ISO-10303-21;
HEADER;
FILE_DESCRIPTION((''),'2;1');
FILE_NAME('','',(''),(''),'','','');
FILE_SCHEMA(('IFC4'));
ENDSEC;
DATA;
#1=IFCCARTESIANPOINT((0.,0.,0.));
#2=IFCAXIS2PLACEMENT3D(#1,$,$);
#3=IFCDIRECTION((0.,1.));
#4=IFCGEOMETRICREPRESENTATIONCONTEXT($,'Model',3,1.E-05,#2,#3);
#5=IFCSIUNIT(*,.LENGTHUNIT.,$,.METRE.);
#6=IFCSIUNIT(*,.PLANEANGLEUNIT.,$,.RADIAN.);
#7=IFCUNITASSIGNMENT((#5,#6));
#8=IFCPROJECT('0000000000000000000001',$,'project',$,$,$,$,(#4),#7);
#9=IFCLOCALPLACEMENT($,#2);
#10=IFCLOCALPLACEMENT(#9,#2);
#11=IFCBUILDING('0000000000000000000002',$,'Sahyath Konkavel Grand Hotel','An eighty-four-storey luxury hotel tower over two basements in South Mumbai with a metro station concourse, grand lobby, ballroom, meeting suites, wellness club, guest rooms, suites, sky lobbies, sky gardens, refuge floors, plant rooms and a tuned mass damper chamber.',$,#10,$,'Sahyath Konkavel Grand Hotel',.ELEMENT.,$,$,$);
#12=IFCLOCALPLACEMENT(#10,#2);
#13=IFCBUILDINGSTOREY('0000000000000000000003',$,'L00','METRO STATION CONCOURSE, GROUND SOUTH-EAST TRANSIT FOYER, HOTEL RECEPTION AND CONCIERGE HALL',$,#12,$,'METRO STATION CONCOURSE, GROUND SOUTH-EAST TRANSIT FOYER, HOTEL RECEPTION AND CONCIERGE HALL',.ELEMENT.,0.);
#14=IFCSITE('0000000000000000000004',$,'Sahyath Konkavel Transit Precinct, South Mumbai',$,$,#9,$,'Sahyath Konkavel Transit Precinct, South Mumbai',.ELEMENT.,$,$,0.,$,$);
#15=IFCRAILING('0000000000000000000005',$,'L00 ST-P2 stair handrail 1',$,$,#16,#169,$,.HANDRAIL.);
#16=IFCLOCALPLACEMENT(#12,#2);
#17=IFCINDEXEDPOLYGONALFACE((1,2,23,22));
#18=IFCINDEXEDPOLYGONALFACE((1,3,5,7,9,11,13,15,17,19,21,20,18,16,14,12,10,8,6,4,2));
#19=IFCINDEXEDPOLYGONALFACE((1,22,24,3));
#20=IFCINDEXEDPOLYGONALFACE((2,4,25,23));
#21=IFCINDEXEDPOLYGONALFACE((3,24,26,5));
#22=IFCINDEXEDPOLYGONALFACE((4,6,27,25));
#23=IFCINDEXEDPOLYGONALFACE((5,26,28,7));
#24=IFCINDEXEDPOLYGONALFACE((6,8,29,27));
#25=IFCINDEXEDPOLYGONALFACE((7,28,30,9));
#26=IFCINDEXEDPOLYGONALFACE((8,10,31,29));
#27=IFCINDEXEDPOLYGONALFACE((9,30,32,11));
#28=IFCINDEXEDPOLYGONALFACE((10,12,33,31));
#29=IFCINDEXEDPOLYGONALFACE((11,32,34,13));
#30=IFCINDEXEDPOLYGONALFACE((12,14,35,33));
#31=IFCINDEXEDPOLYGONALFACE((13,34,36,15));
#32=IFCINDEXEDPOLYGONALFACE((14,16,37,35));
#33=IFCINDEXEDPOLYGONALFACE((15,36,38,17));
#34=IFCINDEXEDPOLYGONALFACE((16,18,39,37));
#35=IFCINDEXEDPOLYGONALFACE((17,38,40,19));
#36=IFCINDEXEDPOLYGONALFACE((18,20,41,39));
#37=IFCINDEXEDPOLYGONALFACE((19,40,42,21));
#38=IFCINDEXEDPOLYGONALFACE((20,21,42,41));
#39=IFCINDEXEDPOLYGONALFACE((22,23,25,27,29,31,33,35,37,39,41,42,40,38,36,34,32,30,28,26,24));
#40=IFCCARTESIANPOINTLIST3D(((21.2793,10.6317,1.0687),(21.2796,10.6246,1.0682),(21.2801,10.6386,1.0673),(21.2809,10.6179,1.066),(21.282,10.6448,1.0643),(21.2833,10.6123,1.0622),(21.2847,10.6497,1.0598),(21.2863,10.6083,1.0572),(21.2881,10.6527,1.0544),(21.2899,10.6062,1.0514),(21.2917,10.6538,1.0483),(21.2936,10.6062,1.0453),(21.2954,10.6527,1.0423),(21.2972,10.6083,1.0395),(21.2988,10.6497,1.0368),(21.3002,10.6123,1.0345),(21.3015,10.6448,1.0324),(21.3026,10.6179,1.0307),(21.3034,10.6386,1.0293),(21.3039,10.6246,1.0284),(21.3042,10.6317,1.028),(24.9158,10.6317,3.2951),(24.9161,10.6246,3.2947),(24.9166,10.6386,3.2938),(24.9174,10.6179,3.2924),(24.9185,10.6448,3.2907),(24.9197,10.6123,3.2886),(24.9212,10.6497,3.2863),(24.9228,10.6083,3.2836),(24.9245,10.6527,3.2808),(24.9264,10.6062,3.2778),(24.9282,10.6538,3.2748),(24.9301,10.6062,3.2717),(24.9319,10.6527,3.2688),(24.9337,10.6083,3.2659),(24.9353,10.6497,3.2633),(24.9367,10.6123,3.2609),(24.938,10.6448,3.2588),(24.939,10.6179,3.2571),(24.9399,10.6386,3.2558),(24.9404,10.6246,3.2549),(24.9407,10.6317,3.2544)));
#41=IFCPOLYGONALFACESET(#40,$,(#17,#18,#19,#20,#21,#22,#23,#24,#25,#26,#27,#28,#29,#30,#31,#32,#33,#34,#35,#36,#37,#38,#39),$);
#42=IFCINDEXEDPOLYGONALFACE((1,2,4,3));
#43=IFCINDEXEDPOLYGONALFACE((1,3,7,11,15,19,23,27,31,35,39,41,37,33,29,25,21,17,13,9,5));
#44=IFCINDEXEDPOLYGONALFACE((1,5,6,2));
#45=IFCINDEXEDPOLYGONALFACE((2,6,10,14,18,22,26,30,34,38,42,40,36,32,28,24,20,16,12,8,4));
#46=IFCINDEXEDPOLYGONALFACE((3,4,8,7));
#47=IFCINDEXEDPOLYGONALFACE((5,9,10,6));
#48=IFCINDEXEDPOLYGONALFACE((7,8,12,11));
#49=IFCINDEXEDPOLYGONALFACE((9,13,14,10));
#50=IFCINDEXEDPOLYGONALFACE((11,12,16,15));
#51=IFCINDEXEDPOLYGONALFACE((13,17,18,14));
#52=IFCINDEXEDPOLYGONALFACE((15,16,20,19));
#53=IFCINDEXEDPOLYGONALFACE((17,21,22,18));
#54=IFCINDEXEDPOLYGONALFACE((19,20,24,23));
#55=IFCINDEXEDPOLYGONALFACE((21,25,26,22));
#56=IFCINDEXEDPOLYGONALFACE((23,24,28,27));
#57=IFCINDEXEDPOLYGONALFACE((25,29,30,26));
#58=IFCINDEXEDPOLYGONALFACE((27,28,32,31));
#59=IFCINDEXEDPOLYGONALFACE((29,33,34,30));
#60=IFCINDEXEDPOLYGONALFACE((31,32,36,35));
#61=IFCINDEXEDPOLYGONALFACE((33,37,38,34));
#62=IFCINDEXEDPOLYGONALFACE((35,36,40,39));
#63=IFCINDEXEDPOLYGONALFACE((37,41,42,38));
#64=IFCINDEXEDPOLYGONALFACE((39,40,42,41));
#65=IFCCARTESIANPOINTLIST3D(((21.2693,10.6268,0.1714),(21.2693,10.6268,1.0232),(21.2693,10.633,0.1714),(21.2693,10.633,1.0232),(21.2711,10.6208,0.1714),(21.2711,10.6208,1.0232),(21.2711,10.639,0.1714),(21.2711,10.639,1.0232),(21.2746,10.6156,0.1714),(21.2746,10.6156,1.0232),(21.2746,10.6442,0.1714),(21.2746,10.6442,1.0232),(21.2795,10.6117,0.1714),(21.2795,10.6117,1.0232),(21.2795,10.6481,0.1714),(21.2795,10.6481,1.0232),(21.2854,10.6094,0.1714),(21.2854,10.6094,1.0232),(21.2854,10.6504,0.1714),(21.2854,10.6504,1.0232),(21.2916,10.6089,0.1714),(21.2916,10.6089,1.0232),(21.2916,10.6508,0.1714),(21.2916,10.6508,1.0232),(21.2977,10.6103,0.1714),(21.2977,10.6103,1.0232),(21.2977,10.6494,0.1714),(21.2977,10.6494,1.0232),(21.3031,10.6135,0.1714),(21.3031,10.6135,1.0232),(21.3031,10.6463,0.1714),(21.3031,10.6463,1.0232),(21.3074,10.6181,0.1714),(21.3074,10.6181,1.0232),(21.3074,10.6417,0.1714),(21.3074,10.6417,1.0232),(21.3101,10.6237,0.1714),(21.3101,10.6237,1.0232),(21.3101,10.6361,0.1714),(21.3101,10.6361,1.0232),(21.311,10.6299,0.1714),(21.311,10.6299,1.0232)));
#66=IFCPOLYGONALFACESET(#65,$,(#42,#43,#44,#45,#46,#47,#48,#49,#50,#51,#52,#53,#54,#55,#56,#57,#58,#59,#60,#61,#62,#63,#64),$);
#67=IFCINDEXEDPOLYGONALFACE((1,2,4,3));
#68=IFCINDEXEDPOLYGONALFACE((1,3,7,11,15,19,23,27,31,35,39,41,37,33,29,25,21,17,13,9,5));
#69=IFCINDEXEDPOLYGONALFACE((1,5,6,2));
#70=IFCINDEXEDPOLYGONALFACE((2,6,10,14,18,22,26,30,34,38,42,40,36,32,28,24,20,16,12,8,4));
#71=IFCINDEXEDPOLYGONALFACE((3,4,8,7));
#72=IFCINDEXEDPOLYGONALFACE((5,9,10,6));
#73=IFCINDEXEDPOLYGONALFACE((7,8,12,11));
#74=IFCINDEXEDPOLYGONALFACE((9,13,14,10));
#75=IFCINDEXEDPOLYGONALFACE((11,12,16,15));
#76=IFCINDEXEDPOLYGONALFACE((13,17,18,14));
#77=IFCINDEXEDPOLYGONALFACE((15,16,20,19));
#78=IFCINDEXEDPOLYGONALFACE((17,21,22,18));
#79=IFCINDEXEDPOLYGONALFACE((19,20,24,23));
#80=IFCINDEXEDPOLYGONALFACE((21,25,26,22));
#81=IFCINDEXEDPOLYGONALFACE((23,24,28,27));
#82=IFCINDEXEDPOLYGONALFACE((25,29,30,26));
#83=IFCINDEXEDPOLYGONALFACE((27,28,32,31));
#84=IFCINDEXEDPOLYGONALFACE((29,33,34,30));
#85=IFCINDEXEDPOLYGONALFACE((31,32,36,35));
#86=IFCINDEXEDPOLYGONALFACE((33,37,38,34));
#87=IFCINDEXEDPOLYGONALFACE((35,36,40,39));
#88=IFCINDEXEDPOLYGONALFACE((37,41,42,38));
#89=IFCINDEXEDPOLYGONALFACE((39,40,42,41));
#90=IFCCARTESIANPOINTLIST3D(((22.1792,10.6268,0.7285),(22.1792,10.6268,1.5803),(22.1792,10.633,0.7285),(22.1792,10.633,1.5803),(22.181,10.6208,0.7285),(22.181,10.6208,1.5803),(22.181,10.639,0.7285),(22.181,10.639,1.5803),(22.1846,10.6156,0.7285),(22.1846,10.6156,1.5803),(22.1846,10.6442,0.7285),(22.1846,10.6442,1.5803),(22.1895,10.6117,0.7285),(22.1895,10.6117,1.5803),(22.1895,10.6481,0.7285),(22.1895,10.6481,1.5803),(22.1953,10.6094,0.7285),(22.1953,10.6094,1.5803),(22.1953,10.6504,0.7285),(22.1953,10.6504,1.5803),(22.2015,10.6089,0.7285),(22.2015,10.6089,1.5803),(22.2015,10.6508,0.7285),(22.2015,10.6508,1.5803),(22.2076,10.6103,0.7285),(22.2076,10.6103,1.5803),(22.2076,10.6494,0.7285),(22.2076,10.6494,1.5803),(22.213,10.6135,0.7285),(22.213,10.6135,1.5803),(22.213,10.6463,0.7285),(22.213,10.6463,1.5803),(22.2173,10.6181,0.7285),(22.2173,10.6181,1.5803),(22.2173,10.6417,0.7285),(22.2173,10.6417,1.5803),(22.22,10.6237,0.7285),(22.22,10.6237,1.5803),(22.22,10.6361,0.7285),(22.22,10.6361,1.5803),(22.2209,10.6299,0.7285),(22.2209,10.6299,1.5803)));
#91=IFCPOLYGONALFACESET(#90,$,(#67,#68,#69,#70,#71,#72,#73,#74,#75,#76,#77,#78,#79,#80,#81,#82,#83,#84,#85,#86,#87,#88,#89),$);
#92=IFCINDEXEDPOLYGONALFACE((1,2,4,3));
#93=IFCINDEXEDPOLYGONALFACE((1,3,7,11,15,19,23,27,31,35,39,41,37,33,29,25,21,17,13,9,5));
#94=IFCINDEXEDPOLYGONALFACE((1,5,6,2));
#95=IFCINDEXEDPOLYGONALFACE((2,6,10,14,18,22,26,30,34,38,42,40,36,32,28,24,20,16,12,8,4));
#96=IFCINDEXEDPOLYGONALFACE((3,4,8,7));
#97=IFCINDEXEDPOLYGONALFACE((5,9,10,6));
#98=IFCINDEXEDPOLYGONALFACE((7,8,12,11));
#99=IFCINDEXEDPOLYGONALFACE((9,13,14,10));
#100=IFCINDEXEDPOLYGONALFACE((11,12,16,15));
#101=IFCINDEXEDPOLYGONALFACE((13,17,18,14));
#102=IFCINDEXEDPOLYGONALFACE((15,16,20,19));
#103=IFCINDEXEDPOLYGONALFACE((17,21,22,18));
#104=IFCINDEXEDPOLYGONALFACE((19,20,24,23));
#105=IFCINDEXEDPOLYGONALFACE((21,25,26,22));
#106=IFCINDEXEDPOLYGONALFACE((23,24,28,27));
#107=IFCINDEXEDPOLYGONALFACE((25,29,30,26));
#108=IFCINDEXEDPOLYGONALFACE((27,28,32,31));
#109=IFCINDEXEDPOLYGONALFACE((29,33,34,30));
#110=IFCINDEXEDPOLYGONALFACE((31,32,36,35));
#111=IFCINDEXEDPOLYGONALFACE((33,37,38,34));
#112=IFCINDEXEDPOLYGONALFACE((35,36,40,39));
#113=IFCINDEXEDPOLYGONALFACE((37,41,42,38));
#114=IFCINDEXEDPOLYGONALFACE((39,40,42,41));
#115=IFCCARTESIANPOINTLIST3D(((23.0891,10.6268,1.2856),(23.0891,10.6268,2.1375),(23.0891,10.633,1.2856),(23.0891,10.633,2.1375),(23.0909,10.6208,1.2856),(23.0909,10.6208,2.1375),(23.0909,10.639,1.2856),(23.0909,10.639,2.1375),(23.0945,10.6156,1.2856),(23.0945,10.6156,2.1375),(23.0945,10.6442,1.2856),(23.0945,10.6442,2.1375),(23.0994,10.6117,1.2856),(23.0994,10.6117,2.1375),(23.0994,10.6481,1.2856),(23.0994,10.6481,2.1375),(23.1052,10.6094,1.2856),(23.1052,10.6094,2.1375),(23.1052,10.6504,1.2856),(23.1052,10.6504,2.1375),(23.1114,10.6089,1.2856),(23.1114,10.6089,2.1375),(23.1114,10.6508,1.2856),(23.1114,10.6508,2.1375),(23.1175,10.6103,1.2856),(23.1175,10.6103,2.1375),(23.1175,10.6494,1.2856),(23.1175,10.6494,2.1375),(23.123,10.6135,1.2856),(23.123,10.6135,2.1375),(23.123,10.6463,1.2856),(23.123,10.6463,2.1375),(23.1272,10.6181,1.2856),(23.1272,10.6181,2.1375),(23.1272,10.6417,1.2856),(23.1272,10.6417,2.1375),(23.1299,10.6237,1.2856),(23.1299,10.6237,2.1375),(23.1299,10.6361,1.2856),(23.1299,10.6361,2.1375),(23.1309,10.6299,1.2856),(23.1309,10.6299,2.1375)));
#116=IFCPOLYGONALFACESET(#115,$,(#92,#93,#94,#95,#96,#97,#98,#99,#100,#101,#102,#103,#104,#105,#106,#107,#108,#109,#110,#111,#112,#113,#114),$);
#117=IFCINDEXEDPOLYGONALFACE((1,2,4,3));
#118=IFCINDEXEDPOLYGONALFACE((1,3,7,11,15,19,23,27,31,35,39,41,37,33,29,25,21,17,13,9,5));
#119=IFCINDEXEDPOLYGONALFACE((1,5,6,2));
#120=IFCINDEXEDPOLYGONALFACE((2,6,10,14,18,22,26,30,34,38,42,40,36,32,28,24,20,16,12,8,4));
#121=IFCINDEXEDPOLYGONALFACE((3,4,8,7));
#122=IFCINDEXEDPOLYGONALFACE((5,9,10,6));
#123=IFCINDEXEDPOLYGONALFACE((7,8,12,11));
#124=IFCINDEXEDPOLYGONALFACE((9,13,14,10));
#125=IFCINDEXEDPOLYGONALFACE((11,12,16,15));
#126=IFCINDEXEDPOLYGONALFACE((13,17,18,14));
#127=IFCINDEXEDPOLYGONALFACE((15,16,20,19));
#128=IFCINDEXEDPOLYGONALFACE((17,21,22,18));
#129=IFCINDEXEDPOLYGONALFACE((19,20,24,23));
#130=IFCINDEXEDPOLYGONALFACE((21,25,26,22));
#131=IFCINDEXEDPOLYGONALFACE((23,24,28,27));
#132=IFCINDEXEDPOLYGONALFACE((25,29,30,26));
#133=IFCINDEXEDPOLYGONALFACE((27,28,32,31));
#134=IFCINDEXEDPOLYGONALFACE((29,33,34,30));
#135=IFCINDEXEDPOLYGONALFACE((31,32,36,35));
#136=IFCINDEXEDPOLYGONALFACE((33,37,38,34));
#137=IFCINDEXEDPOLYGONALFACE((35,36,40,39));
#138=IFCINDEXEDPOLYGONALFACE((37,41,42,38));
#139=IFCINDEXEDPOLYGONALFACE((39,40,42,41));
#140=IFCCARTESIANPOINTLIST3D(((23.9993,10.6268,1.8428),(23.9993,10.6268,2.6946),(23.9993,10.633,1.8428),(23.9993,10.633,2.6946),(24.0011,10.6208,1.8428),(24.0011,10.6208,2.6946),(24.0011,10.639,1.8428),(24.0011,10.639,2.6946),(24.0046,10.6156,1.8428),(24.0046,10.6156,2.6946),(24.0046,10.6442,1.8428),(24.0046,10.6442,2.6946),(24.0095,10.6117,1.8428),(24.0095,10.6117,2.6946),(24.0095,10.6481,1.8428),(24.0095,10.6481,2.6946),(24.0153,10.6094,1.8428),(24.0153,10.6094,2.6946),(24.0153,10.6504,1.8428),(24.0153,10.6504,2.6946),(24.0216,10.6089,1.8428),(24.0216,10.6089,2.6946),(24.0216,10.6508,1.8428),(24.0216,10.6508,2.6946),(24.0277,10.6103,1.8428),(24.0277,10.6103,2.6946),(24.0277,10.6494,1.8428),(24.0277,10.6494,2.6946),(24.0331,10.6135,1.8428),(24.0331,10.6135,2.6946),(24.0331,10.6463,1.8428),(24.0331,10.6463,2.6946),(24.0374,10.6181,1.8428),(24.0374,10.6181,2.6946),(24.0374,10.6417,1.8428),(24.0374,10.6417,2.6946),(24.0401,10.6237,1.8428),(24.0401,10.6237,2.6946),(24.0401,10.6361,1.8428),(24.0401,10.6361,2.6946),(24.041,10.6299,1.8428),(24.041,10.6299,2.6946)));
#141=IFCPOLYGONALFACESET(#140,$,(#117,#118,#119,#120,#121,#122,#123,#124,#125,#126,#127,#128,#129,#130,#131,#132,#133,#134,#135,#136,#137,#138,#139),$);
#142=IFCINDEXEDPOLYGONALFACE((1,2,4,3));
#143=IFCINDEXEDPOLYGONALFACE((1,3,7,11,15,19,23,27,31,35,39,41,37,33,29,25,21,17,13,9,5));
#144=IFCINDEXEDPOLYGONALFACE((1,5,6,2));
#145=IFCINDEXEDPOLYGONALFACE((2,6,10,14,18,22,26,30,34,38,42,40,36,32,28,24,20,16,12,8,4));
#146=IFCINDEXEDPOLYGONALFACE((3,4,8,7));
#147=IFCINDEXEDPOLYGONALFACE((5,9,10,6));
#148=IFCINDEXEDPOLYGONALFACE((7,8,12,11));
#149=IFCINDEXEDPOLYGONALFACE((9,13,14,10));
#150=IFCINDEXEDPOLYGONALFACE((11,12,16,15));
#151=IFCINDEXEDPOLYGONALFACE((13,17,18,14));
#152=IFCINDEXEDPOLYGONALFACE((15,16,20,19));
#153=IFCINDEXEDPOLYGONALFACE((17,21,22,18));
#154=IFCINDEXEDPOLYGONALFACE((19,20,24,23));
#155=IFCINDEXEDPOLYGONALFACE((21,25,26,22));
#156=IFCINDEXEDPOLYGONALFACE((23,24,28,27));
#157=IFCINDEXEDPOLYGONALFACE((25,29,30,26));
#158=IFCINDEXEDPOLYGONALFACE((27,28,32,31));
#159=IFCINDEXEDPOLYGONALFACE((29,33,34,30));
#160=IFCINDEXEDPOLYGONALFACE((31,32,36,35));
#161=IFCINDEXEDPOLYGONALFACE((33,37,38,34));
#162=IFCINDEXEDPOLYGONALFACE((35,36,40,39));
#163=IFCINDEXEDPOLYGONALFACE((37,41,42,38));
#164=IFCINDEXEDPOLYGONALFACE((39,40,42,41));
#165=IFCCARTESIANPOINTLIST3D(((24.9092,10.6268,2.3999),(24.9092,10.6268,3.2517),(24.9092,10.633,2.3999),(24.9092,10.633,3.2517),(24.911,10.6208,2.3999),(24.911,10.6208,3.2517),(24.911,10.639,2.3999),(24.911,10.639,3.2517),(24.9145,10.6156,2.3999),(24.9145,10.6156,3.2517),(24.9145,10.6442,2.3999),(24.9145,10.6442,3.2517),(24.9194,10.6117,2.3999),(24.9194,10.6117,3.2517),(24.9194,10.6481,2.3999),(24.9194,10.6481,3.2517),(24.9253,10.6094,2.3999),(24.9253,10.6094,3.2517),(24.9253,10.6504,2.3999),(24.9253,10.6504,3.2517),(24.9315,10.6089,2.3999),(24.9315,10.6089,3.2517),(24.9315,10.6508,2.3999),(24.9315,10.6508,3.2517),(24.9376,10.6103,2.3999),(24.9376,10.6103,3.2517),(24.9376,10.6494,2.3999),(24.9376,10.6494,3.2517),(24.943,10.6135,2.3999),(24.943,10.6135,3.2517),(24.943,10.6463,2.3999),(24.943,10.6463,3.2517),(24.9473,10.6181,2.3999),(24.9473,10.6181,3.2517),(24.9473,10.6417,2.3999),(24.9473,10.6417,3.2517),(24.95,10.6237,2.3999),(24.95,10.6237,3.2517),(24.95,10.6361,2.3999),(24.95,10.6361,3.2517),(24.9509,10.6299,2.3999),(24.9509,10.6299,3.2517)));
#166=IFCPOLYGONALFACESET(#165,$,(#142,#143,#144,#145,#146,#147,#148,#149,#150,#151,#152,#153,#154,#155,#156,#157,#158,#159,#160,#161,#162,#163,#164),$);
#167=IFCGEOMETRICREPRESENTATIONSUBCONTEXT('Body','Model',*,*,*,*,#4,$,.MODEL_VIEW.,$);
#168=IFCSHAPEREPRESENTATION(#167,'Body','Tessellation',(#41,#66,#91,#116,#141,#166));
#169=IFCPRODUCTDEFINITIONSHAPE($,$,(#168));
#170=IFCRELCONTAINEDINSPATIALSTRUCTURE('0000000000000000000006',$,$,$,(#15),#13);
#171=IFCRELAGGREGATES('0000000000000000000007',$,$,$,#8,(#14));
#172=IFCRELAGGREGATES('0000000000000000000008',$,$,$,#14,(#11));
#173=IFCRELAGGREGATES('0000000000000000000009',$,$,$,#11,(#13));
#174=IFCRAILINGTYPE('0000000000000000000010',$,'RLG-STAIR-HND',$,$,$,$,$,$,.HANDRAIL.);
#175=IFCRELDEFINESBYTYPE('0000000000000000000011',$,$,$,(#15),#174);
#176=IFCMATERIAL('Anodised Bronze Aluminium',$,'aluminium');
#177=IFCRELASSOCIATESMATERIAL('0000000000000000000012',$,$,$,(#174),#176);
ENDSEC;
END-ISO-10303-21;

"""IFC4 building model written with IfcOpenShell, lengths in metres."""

from ifc_helpers import new_model, si_unit, direction, frame, origin, origin_2d, place, context, subcontext, project, spatial, circle, extrude, material, type_object, element, save


model = new_model("IFC4")

# Units and contexts
model_context = context("Model", 3, precision=1e-05, world=origin(), true_north=direction((0.0, 1.0)))
body_context = subcontext(model_context, "Body", "Model", "MODEL_VIEW")
ifc_project = project(units=[si_unit("LENGTHUNIT", "METRE"), si_unit("PLANEANGLEUNIT", "RADIAN")], contexts=[model_context])

# Site, building, storey
site_placement = place(None, origin())
site = spatial("IfcSite", under=ifc_project, at=site_placement, Name="Sahyath Konkavel Transit Precinct, South Mumbai", LongName="Sahyath Konkavel Transit Precinct, South Mumbai", CompositionType="ELEMENT", RefElevation=0.0)
building_placement = place(site_placement, origin())
building = spatial("IfcBuilding", under=site, at=building_placement, Name="Sahyath Konkavel Grand Hotel", Description="An eighty-four-storey luxury hotel tower over two basements in South Mumbai with a metro station concourse, grand lobby, ballroom, meeting suites, wellness club, guest rooms, suites, sky lobbies, sky gardens, refuge floors, plant rooms and a tuned mass damper chamber.", LongName="Sahyath Konkavel Grand Hotel", CompositionType="ELEMENT")
storey_placement = place(building_placement, origin())
storey = spatial("IfcBuildingStorey", under=building, at=storey_placement, Name="L00", Description="METRO STATION CONCOURSE, GROUND SOUTH-EAST TRANSIT FOYER, HOTEL RECEPTION AND CONCIERGE HALL", LongName="METRO STATION CONCOURSE, GROUND SOUTH-EAST TRANSIT FOYER, HOTEL RECEPTION AND CONCIERGE HALL", CompositionType="ELEMENT", Elevation=0.0)

# Railing
ifc_material_1 = material(Name="Anodised Bronze Aluminium", Category="aluminium")
railing_type_1 = type_object("IfcRailingType", Name="RLG-STAIR-HND", PredefinedType="HANDRAIL", material=ifc_material_1)
railing_1_placement = place(storey_placement, frame((21.29, 10.6299, 0.1714)))
element("IfcRailing", 1, at=railing_1_placement, inside=storey, type_object=railing_type_1, Name="L00 ST-P2 stair handrail 1", PredefinedType="HANDRAIL", context=body_context, shape_type="SweptSolid", body=[
    extrude(circle(Radius=0.0239, at=origin_2d()), frame((0.0017, 0.0, 0.877), z_axis=(0.85285, 0.0, 0.522156), x_axis=(0.0, 1.0, 0.0)), (0.0, 0.0, 1.0), 4.2639),
    extrude(circle(Radius=0.021, at=origin_2d()), origin(), (0.0, 0.0, 1.0), 0.8518),
    extrude(circle(Radius=0.021, at=origin_2d()), frame((0.9099, 0.0, 0.5571)), (0.0, 0.0, 1.0), 0.8518),
    extrude(circle(Radius=0.021, at=origin_2d()), frame((1.8198, 0.0, 1.1143)), (0.0, 0.0, 1.0), 0.8518),
    extrude(circle(Radius=0.021, at=origin_2d()), frame((2.73, 0.0, 1.6714)), (0.0, 0.0, 1.0), 0.8518),
    extrude(circle(Radius=0.021, at=origin_2d()), frame((3.6399, 0.0, 2.2285)), (0.0, 0.0, 1.0), 0.8518),
])

save(model, "model.ifc")
